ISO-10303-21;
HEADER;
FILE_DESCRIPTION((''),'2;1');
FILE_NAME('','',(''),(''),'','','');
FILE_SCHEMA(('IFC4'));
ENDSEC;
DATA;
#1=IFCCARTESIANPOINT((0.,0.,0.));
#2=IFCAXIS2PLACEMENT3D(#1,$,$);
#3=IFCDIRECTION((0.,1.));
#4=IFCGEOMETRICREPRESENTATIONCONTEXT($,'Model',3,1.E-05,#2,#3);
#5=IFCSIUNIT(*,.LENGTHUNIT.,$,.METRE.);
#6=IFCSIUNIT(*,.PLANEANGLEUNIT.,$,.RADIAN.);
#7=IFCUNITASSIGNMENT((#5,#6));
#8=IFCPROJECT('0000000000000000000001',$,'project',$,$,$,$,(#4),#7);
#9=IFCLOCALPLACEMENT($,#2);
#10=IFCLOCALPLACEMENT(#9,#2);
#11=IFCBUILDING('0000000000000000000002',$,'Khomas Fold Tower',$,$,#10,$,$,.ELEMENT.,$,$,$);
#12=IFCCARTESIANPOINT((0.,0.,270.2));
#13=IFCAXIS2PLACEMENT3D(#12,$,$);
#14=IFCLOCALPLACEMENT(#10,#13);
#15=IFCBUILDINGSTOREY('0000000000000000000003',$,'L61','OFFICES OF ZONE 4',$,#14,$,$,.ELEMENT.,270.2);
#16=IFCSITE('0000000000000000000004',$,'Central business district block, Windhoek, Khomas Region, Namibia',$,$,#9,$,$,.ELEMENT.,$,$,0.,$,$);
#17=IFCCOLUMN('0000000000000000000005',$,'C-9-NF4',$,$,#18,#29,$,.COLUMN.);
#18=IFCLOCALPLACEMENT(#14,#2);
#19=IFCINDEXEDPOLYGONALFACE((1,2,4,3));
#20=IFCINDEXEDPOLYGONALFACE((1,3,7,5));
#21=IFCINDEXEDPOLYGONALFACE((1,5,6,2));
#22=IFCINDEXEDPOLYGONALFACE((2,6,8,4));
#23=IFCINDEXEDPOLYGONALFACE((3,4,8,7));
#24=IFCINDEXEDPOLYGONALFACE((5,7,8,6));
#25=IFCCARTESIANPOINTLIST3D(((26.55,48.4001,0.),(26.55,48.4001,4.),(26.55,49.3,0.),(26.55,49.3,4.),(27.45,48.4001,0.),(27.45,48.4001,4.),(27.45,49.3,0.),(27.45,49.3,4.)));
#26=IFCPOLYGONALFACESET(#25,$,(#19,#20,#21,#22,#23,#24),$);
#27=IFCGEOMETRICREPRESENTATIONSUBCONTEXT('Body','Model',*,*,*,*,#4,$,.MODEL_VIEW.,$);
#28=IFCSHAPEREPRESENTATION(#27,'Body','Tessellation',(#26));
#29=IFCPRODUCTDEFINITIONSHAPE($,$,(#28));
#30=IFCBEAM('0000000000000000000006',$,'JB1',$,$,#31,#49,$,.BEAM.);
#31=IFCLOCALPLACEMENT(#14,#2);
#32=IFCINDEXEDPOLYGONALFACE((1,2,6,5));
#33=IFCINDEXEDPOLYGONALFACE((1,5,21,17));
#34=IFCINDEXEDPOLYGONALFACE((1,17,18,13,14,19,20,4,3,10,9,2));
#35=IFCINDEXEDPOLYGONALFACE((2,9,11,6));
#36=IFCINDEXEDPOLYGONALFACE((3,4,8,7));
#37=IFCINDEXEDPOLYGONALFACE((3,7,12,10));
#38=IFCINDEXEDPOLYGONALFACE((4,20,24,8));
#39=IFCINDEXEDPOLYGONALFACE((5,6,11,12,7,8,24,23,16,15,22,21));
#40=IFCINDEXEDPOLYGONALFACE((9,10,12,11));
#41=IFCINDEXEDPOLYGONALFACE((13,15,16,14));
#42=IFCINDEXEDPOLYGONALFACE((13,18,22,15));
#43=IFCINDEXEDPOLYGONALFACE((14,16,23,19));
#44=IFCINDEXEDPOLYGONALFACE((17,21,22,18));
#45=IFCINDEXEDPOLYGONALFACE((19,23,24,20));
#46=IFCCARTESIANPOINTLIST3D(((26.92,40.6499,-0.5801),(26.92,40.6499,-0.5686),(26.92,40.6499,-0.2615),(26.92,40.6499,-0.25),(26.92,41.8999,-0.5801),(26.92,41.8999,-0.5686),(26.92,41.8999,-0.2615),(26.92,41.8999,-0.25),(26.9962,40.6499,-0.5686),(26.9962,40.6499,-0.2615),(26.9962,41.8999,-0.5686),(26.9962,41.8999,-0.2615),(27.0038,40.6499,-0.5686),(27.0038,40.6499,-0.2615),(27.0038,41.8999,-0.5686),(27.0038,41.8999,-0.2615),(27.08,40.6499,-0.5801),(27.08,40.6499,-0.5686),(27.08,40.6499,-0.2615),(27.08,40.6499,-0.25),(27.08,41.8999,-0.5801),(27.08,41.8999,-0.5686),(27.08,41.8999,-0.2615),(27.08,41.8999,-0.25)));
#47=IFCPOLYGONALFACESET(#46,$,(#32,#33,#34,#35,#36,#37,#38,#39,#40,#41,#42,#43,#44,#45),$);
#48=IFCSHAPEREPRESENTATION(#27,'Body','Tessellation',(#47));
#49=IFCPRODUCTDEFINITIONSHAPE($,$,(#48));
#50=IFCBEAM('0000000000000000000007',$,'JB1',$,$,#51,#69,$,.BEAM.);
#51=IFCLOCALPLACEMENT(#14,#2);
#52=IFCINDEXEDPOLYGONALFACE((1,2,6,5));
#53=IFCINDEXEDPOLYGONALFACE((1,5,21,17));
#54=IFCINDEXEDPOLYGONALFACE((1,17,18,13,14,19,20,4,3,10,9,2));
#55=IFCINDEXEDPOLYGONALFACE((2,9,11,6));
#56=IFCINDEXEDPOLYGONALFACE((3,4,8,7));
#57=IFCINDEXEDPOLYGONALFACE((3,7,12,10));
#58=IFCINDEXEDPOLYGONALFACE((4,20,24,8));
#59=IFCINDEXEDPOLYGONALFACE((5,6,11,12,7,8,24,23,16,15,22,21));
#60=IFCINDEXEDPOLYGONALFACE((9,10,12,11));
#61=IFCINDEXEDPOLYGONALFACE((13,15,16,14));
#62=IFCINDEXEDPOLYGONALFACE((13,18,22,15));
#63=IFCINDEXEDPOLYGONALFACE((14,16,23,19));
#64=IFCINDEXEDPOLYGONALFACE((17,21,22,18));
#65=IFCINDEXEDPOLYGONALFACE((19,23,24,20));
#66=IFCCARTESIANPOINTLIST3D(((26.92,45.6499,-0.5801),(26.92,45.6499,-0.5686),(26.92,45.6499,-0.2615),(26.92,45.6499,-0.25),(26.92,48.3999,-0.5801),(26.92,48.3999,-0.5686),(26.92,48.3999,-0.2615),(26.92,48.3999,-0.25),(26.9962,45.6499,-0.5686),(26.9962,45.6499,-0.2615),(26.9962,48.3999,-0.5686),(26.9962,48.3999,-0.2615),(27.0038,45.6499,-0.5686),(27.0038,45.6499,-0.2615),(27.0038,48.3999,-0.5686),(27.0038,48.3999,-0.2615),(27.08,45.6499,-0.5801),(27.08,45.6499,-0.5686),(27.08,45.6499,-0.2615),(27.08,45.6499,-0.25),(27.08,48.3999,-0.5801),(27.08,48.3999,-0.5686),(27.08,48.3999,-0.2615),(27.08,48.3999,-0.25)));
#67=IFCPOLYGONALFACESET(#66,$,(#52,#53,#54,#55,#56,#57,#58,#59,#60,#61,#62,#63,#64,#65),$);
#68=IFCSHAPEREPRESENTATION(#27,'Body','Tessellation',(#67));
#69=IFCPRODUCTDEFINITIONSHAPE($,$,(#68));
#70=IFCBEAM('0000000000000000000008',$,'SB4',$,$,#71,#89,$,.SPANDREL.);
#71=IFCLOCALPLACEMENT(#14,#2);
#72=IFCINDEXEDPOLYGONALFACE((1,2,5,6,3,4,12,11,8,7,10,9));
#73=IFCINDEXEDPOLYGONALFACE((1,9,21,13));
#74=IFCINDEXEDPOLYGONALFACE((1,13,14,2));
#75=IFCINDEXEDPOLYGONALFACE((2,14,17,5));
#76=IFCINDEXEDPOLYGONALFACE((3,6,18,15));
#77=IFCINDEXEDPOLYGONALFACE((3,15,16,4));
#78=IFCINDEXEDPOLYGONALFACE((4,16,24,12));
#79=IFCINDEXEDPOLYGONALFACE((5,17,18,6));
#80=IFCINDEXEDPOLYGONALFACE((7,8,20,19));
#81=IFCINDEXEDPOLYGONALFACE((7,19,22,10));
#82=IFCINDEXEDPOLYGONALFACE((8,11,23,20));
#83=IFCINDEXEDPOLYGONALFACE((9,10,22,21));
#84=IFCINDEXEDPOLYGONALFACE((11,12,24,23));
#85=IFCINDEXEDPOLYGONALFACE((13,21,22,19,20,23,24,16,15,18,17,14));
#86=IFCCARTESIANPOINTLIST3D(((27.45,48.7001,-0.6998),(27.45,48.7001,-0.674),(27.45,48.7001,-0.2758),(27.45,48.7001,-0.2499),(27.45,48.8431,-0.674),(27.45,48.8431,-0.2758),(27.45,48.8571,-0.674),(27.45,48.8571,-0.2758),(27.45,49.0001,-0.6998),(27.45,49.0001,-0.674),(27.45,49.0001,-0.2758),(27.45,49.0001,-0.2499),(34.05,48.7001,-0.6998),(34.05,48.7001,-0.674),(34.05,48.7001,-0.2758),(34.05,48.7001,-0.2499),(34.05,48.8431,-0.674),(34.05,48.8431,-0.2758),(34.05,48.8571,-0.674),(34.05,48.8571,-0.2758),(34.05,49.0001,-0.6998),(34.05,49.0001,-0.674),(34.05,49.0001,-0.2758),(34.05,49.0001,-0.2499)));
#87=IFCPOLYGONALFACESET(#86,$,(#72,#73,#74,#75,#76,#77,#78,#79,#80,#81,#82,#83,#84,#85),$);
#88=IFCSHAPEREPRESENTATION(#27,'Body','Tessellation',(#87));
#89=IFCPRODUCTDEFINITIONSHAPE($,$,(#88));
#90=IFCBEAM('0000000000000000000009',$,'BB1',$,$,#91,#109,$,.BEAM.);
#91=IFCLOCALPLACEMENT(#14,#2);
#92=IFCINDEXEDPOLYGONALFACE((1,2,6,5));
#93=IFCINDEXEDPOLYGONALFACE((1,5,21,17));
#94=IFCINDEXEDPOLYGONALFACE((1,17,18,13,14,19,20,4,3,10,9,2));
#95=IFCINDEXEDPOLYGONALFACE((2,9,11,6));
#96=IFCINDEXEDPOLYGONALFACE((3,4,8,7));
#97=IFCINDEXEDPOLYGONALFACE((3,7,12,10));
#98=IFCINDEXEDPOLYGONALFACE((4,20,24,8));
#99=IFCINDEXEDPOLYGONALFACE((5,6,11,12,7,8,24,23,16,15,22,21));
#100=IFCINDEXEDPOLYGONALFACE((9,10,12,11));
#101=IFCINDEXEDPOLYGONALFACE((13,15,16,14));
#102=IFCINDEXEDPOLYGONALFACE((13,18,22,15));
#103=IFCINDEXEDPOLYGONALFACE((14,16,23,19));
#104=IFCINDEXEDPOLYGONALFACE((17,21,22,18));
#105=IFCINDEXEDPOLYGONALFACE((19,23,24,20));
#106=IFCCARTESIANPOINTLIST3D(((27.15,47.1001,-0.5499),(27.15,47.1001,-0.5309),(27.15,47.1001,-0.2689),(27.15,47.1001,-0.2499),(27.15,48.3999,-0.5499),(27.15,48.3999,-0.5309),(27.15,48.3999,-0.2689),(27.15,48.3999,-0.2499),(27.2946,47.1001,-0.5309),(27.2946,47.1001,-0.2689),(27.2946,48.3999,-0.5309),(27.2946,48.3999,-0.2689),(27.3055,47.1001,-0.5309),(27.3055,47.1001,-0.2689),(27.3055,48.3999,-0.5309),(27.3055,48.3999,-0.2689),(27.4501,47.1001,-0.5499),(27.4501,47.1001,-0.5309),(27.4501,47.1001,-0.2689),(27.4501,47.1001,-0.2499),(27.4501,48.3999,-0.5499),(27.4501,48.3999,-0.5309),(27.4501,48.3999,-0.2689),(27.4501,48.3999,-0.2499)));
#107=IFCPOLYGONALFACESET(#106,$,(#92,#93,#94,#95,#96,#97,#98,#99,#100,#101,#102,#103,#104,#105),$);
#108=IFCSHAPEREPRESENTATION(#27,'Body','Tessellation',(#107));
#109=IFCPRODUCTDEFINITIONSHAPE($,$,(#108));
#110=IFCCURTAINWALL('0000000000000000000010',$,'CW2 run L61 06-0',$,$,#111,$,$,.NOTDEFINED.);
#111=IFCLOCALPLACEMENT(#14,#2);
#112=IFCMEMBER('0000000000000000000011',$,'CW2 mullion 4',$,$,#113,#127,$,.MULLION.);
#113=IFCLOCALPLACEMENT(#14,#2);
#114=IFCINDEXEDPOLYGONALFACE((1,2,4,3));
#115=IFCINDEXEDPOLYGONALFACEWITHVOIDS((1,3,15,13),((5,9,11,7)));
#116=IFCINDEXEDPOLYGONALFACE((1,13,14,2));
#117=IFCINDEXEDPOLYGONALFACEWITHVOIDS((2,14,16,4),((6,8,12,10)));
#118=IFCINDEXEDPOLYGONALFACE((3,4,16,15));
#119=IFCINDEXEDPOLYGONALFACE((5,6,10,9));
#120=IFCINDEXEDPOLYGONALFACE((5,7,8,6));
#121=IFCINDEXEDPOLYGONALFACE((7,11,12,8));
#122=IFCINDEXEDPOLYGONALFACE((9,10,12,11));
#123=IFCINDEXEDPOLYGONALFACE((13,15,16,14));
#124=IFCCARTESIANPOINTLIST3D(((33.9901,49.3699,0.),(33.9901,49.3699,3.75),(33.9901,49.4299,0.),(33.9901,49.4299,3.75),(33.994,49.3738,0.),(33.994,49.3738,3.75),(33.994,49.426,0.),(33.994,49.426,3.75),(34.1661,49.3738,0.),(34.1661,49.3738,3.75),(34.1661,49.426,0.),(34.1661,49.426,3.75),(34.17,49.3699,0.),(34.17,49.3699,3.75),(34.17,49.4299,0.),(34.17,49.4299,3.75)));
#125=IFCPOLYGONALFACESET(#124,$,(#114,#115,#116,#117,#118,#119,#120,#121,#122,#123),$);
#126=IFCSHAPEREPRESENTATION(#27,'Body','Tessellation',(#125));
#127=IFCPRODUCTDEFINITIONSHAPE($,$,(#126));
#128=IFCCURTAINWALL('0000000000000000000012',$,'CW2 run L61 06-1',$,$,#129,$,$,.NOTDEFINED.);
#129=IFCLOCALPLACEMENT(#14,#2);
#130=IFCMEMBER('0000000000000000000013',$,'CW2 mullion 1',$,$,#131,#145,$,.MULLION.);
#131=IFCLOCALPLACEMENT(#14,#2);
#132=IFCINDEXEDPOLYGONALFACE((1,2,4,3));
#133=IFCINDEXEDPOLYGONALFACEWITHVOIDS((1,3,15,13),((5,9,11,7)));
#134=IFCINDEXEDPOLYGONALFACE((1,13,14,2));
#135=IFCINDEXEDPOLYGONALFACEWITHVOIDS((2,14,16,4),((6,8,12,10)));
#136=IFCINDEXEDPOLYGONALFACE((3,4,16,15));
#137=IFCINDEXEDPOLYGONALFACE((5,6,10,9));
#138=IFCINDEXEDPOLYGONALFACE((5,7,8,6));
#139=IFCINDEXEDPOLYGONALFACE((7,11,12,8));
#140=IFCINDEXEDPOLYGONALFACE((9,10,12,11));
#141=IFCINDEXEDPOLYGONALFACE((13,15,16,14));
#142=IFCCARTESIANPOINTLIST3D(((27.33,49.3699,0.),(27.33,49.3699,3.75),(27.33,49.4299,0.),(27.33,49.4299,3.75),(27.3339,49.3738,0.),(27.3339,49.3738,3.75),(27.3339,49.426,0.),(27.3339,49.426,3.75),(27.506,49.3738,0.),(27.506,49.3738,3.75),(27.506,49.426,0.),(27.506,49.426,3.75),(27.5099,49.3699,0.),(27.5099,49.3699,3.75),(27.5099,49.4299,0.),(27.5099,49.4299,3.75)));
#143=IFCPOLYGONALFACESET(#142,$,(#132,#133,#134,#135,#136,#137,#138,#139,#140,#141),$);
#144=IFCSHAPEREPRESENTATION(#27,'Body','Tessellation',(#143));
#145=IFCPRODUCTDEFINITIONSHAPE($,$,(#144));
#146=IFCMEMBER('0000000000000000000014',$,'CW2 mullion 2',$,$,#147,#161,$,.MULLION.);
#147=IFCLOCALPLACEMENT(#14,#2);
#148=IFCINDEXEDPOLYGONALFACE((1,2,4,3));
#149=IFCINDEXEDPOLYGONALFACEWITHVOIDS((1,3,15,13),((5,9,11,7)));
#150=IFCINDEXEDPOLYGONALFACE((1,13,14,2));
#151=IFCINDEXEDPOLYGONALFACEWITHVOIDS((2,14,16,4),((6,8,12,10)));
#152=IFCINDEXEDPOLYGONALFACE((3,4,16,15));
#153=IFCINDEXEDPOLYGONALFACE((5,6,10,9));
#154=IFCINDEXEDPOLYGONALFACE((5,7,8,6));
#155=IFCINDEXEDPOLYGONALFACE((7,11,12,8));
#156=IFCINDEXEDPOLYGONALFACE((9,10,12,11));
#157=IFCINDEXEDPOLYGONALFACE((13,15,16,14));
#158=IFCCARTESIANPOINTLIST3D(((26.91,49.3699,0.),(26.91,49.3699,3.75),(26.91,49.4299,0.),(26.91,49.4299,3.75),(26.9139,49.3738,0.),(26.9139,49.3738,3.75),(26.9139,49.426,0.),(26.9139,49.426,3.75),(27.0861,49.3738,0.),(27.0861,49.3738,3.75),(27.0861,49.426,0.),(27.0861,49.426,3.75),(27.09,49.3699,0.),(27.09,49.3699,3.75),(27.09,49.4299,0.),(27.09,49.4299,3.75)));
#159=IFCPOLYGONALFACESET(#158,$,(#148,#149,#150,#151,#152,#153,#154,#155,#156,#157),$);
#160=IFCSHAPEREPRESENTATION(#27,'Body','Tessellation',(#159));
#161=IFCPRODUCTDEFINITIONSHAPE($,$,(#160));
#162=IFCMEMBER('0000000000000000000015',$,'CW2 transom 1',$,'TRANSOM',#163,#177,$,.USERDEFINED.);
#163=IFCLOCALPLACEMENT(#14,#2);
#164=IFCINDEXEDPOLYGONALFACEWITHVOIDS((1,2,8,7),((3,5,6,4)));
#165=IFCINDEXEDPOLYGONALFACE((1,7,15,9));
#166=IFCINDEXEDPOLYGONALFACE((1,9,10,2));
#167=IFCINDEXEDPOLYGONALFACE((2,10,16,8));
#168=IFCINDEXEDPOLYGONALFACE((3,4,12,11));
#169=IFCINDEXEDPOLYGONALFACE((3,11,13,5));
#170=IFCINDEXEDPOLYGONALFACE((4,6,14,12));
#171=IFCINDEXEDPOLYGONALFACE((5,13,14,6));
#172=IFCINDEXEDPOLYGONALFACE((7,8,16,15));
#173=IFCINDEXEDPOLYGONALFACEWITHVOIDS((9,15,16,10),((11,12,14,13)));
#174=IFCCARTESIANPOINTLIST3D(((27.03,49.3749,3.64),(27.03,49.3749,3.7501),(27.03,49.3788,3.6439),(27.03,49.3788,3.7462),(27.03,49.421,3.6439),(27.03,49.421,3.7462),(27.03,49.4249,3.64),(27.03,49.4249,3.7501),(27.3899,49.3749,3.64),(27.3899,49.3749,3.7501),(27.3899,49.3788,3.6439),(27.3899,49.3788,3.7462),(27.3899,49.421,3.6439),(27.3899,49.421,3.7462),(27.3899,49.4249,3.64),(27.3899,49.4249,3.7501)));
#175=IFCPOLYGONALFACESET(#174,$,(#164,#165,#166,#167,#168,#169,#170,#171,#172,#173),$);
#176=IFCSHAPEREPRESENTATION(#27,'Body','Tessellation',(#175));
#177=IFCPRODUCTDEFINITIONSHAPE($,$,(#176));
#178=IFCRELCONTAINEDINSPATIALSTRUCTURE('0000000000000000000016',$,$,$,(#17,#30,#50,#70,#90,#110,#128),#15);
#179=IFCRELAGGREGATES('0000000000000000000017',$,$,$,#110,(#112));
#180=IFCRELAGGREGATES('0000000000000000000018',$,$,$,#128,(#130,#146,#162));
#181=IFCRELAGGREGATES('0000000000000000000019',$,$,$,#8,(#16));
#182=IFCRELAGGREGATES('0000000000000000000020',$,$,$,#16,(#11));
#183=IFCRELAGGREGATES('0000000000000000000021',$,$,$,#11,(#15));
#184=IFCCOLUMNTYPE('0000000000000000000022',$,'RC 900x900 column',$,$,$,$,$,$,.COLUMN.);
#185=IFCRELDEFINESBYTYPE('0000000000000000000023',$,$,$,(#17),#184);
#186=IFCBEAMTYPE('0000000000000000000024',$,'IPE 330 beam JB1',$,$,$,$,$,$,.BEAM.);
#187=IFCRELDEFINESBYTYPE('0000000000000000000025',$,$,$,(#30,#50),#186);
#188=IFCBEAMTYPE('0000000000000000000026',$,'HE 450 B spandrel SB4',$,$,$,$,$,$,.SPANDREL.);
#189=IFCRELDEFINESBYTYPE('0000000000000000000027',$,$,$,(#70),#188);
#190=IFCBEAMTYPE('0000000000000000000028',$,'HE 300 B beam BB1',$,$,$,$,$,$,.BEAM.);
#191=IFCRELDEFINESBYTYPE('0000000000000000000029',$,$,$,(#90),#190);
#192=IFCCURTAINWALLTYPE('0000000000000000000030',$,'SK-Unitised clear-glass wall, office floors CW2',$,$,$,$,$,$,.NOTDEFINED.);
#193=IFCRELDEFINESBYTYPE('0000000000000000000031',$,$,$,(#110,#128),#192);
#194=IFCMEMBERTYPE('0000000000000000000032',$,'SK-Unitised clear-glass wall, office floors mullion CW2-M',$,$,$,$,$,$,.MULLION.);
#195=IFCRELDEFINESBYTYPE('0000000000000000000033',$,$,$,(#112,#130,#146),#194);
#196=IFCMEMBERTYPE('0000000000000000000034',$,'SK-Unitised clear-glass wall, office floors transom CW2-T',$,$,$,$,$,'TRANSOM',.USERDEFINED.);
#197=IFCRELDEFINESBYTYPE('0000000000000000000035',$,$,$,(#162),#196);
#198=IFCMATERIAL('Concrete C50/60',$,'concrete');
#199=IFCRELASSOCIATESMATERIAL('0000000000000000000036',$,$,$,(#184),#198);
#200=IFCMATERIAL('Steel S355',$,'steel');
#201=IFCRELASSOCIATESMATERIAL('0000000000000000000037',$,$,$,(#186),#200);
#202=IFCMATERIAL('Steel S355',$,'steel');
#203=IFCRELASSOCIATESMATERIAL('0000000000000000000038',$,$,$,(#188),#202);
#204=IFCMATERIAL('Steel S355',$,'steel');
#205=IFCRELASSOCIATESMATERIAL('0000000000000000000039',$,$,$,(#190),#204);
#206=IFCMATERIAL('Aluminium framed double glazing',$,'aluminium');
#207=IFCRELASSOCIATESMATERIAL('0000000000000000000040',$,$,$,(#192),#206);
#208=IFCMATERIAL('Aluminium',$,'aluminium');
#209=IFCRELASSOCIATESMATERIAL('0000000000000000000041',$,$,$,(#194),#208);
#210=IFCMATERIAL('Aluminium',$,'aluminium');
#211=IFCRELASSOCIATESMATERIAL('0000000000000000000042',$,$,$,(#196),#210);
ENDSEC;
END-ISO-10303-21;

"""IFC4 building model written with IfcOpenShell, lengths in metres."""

from ifc_helpers import new_model, si_unit, direction, frame, origin, origin_2d, place, context, subcontext, project, spatial, rectangle, hollow_rectangle, i_section, extrude, source, transform, mapped, material, material_profile, profile_set, type_object, element, aggregate, save


model = new_model("IFC4")

# Units and contexts
model_context = context("Model", 3, precision=1e-05, world=origin(), true_north=direction((0.0, 1.0)))
body_context = subcontext(model_context, "Body", "Model", "MODEL_VIEW")
ifc_project = project(units=[si_unit("LENGTHUNIT", "METRE"), si_unit("PLANEANGLEUNIT", "RADIAN")], contexts=[model_context])

# Site, building, storey
site_placement = place(None, origin())
site = spatial("IfcSite", under=ifc_project, at=site_placement, Name="Central business district block, Windhoek, Khomas Region, Namibia", CompositionType="ELEMENT", RefElevation=0.0)
building_placement = place(site_placement, origin())
building = spatial("IfcBuilding", under=site, at=building_placement, Name="Khomas Fold Tower", CompositionType="ELEMENT")
storey_placement = place(building_placement, frame((0.0, 0.0, 270.2)))
storey = spatial("IfcBuildingStorey", under=building, at=storey_placement, Name="L61", Description="OFFICES OF ZONE 4", CompositionType="ELEMENT", Elevation=270.2)

# Column
ifc_material_1 = material(Name="Concrete C50/60", Category="concrete")
ifc_material_profile_1 = material_profile(ifc_material_1, rectangle(XDim=0.8999, YDim=0.8999, at=origin_2d()), Name="RC 900x900")
ifc_profile_set_1 = profile_set([ifc_material_profile_1], Name="Concrete C50/60")
column_type = type_object("IfcColumnType", Name="RC 900x900 column", PredefinedType="COLUMN", material=ifc_profile_set_1)
shared_shape_1 = source(origin(), body_context, "Body", "SweptSolid", [
    extrude(rectangle(XDim=0.8999, YDim=0.8999, at=origin_2d()), origin(), (0.0, 0.0, 1.0), 4.0),
])
column_placement = place(storey_placement, frame((27.0, 48.8501, 0.0), z_axis=(0.0, 0.0, 1.0), x_axis=(1.0, 0.0, 0.0)))
element("IfcColumn", 1, at=column_placement, inside=storey, type_object=column_type, Name="C-9-NF4", PredefinedType="COLUMN", context=body_context, shape_type="MappedRepresentation", body=[
    mapped(shared_shape_1, transform((0.0, 0.0, 0.0))),
])

# Beams
ifc_material_2 = material(Name="Steel S355", Category="steel")
ifc_material_profile_2 = material_profile(ifc_material_2, i_section(OverallWidth=0.1599, OverallDepth=0.3301, WebThickness=0.0076, FlangeThickness=0.0115, at=origin_2d()), Name="IPE 330")
ifc_profile_set_2 = profile_set([ifc_material_profile_2], Name="Steel S355")
beam_type_1 = type_object("IfcBeamType", Name="IPE 330 beam JB1", PredefinedType="BEAM", material=ifc_profile_set_2)
shared_shape_2 = source(origin(), body_context, "Body", "SweptSolid", [
    extrude(i_section(OverallWidth=0.1599, OverallDepth=0.3301, WebThickness=0.0076, FlangeThickness=0.0115, at=origin_2d()), origin(), (0.0, 0.0, 1.0), 1.25),
])
beam_1_placement = place(storey_placement, frame((27.0, 40.6499, -0.415), z_axis=(0.0, 1.0, 0.0), x_axis=(-1.0, 0.0, 0.0)))
element("IfcBeam", 2, at=beam_1_placement, inside=storey, type_object=beam_type_1, Name="JB1", PredefinedType="BEAM", context=body_context, shape_type="MappedRepresentation", body=[
    mapped(shared_shape_2, transform((0.0, 0.0, 0.0))),
])
shared_shape_3 = source(origin(), body_context, "Body", "SweptSolid", [
    extrude(i_section(OverallWidth=0.1599, OverallDepth=0.3301, WebThickness=0.0076, FlangeThickness=0.0115, at=origin_2d()), origin(), (0.0, 0.0, 1.0), 2.75),
])
beam_2_placement = place(storey_placement, frame((27.0, 45.6499, -0.415), z_axis=(0.0, 1.0, 0.0), x_axis=(-1.0, 0.0, 0.0)))
element("IfcBeam", 3, at=beam_2_placement, inside=storey, type_object=beam_type_1, Name="JB1", PredefinedType="BEAM", context=body_context, shape_type="MappedRepresentation", body=[
    mapped(shared_shape_3, transform((0.0, 0.0, 0.0))),
])
ifc_material_3 = material(Name="Steel S355", Category="steel")
ifc_material_profile_3 = material_profile(ifc_material_3, i_section(OverallWidth=0.3, OverallDepth=0.45, WebThickness=0.0139, FlangeThickness=0.0259, at=origin_2d()), Name="HE 450 B")
ifc_profile_set_3 = profile_set([ifc_material_profile_3], Name="Steel S355")
beam_type_2 = type_object("IfcBeamType", Name="HE 450 B spandrel SB4", PredefinedType="SPANDREL", material=ifc_profile_set_3)
shared_shape_4 = source(origin(), body_context, "Body", "SweptSolid", [
    extrude(i_section(OverallWidth=0.3, OverallDepth=0.45, WebThickness=0.0139, FlangeThickness=0.0259, at=origin_2d()), origin(), (0.0, 0.0, 1.0), 6.6001),
])
beam_3_placement = place(storey_placement, frame((27.45, 48.8501, -0.4749), z_axis=(1.0, 0.0, 0.0), x_axis=(0.0, 1.0, 0.0)))
element("IfcBeam", 4, at=beam_3_placement, inside=storey, type_object=beam_type_2, Name="SB4", PredefinedType="SPANDREL", context=body_context, shape_type="MappedRepresentation", body=[
    mapped(shared_shape_4, transform((0.0, 0.0, 0.0))),
])
ifc_material_4 = material(Name="Steel S355", Category="steel")
ifc_material_profile_4 = material_profile(ifc_material_4, i_section(OverallWidth=0.3, OverallDepth=0.3, WebThickness=0.011, FlangeThickness=0.019, at=origin_2d()), Name="HE 300 B")
ifc_profile_set_4 = profile_set([ifc_material_profile_4], Name="Steel S355")
beam_type_3 = type_object("IfcBeamType", Name="HE 300 B beam BB1", PredefinedType="BEAM", material=ifc_profile_set_4)
shared_shape_5 = source(origin(), body_context, "Body", "SweptSolid", [
    extrude(i_section(OverallWidth=0.3, OverallDepth=0.3, WebThickness=0.011, FlangeThickness=0.019, at=origin_2d()), origin(), (0.0, 0.0, 1.0), 1.2998),
])
beam_4_placement = place(storey_placement, frame((27.3, 47.1001, -0.3999), z_axis=(0.0, 1.0, 0.0), x_axis=(-1.0, 0.0, 0.0)))
element("IfcBeam", 5, at=beam_4_placement, inside=storey, type_object=beam_type_3, Name="BB1", PredefinedType="BEAM", context=body_context, shape_type="MappedRepresentation", body=[
    mapped(shared_shape_5, transform((0.0, 0.0, 0.0))),
])

# Curtain wall, member
ifc_material_5 = material(Name="Aluminium framed double glazing", Category="aluminium")
curtain_wall_type = type_object("IfcCurtainWallType", Name="SK-Unitised clear-glass wall, office floors CW2", PredefinedType="NOTDEFINED", material=ifc_material_5)
curtain_wall_1_placement = place(storey_placement, origin())
curtain_wall_1 = element("IfcCurtainWall", 6, at=curtain_wall_1_placement, inside=storey, type_object=curtain_wall_type, Name="CW2 run L61 06-0", PredefinedType="NOTDEFINED")
ifc_material_6 = material(Name="Aluminium", Category="aluminium")
ifc_material_profile_5 = material_profile(ifc_material_6, hollow_rectangle(XDim=0.0601, YDim=0.1799, WallThickness=0.0039, at=origin_2d()), Name="SK-Unitised clear-glass wall, office floors mullion CW2-M")
ifc_profile_set_5 = profile_set([ifc_material_profile_5], Name="Aluminium")
member_type_1 = type_object("IfcMemberType", Name="SK-Unitised clear-glass wall, office floors mullion CW2-M", PredefinedType="MULLION", material=ifc_profile_set_5)
shared_shape_6 = source(origin(), body_context, "Body", "SweptSolid", [
    extrude(hollow_rectangle(XDim=0.0601, YDim=0.1799, WallThickness=0.0039, at=origin_2d()), origin(), (0.0, 0.0, 1.0), 3.75),
])
member_1_placement = place(storey_placement, frame((34.0801, 49.3999, 0.0), z_axis=(0.0, 0.0, 1.0), x_axis=(0.0, -1.0, 0.0)))
member_1 = element("IfcMember", 7, at=member_1_placement, type_object=member_type_1, Name="CW2 mullion 4", PredefinedType="MULLION", context=body_context, shape_type="MappedRepresentation", body=[
    mapped(shared_shape_6, transform((0.0, 0.0, 0.0))),
])
aggregate(curtain_wall_1, [member_1])

# Curtain wall, members
curtain_wall_2_placement = place(storey_placement, origin())
curtain_wall_2 = element("IfcCurtainWall", 8, at=curtain_wall_2_placement, inside=storey, type_object=curtain_wall_type, Name="CW2 run L61 06-1", PredefinedType="NOTDEFINED")
member_2_placement = place(storey_placement, frame((27.4199, 49.3999, 0.0), z_axis=(0.0, 0.0, 1.0), x_axis=(0.0, -1.0, 0.0)))
member_2 = element("IfcMember", 9, at=member_2_placement, type_object=member_type_1, Name="CW2 mullion 1", PredefinedType="MULLION", context=body_context, shape_type="MappedRepresentation", body=[
    mapped(shared_shape_6, transform((0.0, 0.0, 0.0))),
])
member_3_placement = place(storey_placement, frame((27.0, 49.3999, 0.0), z_axis=(0.0, 0.0, 1.0), x_axis=(0.0, -1.0, 0.0)))
member_3 = element("IfcMember", 10, at=member_3_placement, type_object=member_type_1, Name="CW2 mullion 2", PredefinedType="MULLION", context=body_context, shape_type="MappedRepresentation", body=[
    mapped(shared_shape_6, transform((0.0, 0.0, 0.0))),
])
ifc_material_7 = material(Name="Aluminium", Category="aluminium")
ifc_material_profile_6 = material_profile(ifc_material_7, hollow_rectangle(XDim=0.05, YDim=0.1101, WallThickness=0.0039, at=origin_2d()), Name="SK-Unitised clear-glass wall, office floors transom CW2-T")
ifc_profile_set_6 = profile_set([ifc_material_profile_6], Name="Aluminium")
member_type_2 = type_object("IfcMemberType", Name="SK-Unitised clear-glass wall, office floors transom CW2-T", ElementType="TRANSOM", PredefinedType="USERDEFINED", material=ifc_profile_set_6)
shared_shape_7 = source(origin(), body_context, "Body", "SweptSolid", [
    extrude(hollow_rectangle(XDim=0.05, YDim=0.1101, WallThickness=0.0039, at=origin_2d()), origin(), (0.0, 0.0, 1.0), 0.3599),
])
member_4_placement = place(storey_placement, frame((27.3899, 49.3999, 3.6951), z_axis=(-1.0, 0.0, 0.0), x_axis=(0.0, -1.0, 0.0)))
member_4 = element("IfcMember", 11, at=member_4_placement, type_object=member_type_2, Name="CW2 transom 1", ObjectType="TRANSOM", PredefinedType="USERDEFINED", context=body_context, shape_type="MappedRepresentation", body=[
    mapped(shared_shape_7, transform((0.0, 0.0, 0.0))),
])
aggregate(curtain_wall_2, [member_2, member_3, member_4])

save(model, "model.ifc")
